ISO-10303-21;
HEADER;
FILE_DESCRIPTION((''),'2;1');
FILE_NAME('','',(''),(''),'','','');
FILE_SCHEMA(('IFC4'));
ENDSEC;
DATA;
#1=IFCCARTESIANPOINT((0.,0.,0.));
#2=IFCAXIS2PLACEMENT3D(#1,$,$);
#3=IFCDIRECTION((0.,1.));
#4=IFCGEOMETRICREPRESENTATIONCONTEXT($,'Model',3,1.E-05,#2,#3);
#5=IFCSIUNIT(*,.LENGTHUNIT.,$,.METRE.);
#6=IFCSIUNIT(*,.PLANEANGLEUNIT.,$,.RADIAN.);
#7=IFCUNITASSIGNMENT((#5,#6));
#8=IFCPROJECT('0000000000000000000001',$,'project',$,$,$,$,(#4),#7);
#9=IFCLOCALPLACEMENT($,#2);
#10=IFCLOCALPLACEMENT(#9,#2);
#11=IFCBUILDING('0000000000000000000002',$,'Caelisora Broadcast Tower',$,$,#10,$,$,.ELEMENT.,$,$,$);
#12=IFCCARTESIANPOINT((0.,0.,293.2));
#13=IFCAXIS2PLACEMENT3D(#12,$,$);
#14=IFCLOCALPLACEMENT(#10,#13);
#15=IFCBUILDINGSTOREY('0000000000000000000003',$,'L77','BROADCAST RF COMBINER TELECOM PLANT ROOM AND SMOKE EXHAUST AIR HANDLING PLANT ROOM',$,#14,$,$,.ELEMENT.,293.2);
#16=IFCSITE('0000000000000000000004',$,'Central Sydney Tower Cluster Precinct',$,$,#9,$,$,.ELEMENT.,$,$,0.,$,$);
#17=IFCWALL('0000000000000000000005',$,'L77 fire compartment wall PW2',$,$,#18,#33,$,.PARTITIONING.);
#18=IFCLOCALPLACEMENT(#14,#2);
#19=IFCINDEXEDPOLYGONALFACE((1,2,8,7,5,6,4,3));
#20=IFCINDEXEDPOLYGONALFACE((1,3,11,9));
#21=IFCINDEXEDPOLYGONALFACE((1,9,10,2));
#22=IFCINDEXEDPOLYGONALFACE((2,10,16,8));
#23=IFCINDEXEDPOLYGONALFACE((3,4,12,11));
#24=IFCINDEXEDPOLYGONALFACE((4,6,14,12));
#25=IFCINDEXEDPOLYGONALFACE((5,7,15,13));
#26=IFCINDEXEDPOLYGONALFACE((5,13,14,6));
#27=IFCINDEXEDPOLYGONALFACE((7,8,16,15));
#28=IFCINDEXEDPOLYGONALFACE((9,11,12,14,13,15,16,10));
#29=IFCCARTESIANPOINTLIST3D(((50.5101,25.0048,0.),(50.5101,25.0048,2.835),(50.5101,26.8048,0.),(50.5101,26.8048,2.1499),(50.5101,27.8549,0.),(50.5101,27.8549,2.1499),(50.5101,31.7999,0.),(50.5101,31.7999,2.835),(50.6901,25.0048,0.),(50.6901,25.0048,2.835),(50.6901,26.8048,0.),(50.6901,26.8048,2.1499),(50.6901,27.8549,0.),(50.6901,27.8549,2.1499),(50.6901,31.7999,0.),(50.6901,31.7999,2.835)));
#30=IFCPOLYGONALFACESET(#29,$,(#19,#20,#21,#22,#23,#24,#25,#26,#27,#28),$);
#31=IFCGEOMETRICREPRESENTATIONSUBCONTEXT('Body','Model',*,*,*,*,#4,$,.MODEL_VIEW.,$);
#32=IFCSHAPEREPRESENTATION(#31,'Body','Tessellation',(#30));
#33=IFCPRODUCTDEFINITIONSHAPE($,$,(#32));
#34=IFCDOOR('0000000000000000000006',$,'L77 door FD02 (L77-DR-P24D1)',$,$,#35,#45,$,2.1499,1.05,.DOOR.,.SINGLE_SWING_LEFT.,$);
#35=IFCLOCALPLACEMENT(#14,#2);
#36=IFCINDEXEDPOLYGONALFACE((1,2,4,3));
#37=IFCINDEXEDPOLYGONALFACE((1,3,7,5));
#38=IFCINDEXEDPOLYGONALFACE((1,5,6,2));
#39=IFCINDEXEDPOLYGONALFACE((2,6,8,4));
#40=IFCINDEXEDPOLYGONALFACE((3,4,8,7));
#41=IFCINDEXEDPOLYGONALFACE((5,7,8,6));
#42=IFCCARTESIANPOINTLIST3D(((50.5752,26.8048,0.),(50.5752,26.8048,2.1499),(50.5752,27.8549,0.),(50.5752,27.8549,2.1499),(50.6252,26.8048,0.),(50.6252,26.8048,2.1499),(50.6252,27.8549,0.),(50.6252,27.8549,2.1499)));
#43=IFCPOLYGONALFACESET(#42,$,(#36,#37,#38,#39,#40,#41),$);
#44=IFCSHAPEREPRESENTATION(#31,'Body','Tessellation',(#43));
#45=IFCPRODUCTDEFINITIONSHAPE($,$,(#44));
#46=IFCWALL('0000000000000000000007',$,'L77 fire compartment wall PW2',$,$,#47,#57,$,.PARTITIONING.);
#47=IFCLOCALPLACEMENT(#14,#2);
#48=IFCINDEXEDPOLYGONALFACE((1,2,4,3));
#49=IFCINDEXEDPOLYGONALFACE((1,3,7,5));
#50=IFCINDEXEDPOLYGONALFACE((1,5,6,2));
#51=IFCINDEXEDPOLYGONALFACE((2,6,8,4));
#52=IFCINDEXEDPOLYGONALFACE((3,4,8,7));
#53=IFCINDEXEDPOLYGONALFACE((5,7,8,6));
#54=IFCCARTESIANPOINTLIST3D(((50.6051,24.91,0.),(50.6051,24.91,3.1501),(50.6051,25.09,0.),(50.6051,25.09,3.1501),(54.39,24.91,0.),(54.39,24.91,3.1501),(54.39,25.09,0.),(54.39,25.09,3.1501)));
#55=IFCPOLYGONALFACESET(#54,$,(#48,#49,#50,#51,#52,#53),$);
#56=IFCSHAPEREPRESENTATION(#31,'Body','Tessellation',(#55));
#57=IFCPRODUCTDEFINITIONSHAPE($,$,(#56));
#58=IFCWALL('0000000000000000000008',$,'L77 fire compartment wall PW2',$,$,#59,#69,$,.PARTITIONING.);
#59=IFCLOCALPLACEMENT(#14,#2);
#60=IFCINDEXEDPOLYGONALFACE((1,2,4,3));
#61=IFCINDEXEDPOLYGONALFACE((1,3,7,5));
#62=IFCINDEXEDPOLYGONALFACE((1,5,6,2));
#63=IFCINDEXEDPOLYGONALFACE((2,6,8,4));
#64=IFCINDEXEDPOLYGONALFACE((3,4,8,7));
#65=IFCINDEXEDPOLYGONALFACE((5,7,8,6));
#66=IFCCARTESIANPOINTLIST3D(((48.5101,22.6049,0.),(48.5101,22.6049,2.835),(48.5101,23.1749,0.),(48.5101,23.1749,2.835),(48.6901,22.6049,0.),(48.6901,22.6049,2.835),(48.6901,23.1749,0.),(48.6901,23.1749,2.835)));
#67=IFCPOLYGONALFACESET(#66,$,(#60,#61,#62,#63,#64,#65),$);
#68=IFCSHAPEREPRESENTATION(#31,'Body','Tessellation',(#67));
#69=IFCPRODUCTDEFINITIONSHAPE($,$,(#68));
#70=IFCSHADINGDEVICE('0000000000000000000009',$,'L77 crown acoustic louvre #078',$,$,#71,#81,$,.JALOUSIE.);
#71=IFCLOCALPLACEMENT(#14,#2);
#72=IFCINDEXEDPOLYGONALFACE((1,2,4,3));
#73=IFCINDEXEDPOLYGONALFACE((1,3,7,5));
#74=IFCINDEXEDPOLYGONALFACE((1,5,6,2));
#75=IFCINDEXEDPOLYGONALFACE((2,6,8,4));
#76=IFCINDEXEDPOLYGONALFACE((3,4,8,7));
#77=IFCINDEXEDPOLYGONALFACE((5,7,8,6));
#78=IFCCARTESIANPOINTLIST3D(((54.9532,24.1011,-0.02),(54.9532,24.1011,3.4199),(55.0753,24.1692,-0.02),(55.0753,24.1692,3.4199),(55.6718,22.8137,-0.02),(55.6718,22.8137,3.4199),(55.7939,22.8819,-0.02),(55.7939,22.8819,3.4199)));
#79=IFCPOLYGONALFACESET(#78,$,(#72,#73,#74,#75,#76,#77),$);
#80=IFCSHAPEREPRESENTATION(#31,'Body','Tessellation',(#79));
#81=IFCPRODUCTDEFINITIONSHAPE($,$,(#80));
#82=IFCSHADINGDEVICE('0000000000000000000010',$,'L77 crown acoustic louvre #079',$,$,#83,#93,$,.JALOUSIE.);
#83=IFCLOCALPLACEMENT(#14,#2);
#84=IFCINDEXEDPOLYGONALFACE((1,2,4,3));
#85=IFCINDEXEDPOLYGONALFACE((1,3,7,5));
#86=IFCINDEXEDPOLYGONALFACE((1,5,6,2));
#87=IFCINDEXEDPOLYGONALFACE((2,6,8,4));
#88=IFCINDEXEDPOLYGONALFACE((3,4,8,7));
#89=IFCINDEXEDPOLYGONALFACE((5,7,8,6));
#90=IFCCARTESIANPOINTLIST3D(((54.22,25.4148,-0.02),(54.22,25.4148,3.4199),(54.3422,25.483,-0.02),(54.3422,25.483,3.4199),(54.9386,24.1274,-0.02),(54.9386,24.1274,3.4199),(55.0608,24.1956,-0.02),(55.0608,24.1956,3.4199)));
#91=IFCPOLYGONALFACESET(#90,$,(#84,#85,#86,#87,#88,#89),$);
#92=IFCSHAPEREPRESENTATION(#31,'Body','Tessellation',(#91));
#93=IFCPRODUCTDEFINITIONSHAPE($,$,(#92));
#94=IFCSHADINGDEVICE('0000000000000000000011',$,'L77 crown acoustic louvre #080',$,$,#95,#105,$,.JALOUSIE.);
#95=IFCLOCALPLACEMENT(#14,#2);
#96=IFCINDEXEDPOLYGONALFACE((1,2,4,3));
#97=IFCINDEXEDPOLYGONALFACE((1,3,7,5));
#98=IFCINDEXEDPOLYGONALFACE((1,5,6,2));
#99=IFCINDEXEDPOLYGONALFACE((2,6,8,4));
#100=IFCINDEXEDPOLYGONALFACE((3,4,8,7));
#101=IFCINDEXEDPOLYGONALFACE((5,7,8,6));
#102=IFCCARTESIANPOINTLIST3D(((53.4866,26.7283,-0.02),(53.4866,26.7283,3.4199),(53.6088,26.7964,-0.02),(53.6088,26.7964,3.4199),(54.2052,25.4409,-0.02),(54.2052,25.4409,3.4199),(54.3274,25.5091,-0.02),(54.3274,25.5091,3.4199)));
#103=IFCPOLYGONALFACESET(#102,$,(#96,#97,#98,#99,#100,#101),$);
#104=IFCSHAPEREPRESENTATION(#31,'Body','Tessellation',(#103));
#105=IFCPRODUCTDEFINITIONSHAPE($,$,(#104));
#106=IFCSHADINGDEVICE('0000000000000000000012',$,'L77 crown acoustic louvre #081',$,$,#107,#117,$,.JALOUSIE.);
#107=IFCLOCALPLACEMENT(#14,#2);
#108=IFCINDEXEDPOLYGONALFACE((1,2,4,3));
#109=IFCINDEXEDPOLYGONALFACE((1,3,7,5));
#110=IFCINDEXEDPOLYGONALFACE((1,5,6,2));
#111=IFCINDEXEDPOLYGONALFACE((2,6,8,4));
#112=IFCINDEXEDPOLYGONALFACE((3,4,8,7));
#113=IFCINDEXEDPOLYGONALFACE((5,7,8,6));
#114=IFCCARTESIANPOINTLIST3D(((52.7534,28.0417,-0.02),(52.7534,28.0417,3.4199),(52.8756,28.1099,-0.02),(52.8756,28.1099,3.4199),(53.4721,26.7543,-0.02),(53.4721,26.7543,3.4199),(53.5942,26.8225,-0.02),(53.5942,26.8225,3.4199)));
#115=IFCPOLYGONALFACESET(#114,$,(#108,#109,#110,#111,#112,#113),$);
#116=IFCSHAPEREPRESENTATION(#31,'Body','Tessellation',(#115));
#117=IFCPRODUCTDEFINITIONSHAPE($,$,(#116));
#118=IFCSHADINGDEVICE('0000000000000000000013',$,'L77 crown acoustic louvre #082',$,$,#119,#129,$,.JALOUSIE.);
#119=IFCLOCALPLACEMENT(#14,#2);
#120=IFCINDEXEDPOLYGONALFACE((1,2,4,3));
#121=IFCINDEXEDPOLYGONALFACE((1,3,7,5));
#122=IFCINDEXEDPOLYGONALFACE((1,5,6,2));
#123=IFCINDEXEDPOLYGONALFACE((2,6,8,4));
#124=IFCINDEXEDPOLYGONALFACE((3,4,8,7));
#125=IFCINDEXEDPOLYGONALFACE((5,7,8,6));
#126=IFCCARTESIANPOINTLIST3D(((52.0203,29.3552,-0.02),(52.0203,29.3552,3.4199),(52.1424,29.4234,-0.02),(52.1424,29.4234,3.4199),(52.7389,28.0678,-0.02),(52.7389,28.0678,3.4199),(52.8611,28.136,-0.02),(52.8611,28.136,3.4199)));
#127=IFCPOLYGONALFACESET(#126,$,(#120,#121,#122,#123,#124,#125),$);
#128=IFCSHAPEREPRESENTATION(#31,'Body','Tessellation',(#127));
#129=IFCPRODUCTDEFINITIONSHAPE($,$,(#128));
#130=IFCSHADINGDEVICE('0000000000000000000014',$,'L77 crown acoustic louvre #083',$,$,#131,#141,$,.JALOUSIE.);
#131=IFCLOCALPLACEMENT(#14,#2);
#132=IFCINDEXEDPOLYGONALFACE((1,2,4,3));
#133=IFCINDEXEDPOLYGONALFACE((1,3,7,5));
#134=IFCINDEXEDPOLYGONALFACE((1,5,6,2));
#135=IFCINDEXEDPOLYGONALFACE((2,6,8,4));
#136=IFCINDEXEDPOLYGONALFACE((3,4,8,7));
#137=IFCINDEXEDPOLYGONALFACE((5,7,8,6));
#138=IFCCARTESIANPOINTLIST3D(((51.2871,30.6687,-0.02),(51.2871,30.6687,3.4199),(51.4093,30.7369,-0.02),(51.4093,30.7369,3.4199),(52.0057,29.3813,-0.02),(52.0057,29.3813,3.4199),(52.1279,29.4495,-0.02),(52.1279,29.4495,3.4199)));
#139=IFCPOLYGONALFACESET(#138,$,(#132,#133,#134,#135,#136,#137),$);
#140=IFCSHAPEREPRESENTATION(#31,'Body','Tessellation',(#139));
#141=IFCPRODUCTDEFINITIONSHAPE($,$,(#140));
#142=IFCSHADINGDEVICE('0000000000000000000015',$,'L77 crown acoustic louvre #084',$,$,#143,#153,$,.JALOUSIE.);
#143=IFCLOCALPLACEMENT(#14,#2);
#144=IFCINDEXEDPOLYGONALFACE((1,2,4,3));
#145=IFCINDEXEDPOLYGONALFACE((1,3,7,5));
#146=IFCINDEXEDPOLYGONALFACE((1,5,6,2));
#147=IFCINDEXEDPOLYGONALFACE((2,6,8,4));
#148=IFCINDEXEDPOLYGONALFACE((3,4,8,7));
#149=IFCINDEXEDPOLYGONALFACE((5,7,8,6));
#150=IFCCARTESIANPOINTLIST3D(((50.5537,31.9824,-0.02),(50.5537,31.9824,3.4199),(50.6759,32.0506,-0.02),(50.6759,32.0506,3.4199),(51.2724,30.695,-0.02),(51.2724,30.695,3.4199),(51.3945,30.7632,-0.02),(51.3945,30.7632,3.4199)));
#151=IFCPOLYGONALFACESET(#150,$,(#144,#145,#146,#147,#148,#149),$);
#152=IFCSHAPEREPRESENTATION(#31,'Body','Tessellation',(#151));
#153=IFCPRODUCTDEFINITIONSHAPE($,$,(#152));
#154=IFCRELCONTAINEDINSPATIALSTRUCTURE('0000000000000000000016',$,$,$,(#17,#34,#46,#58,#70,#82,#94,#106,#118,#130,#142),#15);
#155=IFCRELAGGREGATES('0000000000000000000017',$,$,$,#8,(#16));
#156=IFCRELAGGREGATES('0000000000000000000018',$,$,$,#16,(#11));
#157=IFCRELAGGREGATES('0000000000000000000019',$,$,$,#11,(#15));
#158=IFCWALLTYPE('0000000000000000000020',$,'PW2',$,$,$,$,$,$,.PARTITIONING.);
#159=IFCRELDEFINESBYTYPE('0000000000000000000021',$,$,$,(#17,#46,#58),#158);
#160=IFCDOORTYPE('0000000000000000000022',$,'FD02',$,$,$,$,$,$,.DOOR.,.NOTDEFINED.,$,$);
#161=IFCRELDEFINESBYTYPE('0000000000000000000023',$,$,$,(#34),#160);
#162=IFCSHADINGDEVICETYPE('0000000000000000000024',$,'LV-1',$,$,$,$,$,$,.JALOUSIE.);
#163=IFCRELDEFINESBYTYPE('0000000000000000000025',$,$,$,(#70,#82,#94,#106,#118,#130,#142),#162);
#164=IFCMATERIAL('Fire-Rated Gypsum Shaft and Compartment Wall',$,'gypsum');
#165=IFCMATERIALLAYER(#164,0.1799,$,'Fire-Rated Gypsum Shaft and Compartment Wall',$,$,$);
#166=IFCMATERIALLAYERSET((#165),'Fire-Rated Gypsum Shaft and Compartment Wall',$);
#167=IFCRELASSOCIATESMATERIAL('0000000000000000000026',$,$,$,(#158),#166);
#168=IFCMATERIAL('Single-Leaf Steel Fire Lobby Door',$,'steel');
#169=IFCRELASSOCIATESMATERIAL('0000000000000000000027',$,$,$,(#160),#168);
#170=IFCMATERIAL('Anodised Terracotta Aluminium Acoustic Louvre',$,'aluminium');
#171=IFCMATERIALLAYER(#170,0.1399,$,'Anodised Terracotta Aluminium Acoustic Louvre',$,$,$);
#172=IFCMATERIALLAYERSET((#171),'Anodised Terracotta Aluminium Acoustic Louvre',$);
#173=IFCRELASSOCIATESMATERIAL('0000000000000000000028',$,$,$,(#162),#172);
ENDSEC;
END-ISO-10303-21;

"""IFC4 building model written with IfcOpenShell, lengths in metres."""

from ifc_helpers import new_model, si_unit, direction, frame, frame_2d, origin, origin_2d, place, context, subcontext, project, spatial, rectangle, extrude, source, transform, mapped, material, layer, layer_set, type_object, type_shapes, element, fill, save


model = new_model("IFC4")

# Units and contexts
model_context = context("Model", 3, precision=1e-05, world=origin(), true_north=direction((0.0, 1.0)))
body_context = subcontext(model_context, "Body", "Model", "MODEL_VIEW")
ifc_project = project(units=[si_unit("LENGTHUNIT", "METRE"), si_unit("PLANEANGLEUNIT", "RADIAN")], contexts=[model_context])

# Site, building, storey
site_placement = place(None, origin())
site = spatial("IfcSite", under=ifc_project, at=site_placement, Name="Central Sydney Tower Cluster Precinct", CompositionType="ELEMENT", RefElevation=0.0)
building_placement = place(site_placement, origin())
building = spatial("IfcBuilding", under=site, at=building_placement, Name="Caelisora Broadcast Tower", CompositionType="ELEMENT")
storey_placement = place(building_placement, frame((0.0, 0.0, 293.2)))
storey = spatial("IfcBuildingStorey", under=building, at=storey_placement, Name="L77", Description="BROADCAST RF COMBINER TELECOM PLANT ROOM AND SMOKE EXHAUST AIR HANDLING PLANT ROOM", CompositionType="ELEMENT", Elevation=293.2)

# Wall, opening, door
ifc_material_1 = material(Name="Fire-Rated Gypsum Shaft and Compartment Wall", Category="gypsum")
ifc_layer_1 = layer(ifc_material_1, 0.1799, Name="Fire-Rated Gypsum Shaft and Compartment Wall")
ifc_layer_set_1 = layer_set([ifc_layer_1], Name="Fire-Rated Gypsum Shaft and Compartment Wall")
wall_type = type_object("IfcWallType", Name="PW2", PredefinedType="PARTITIONING", material=ifc_layer_set_1)
wall_1_placement = place(storey_placement, frame((50.6001, 25.0049, 0.0), z_axis=(0.0, 0.0, 1.0), x_axis=(0.0, 1.0, 0.0)))
wall_1 = element("IfcWall", 1, at=wall_1_placement, inside=storey, type_object=wall_type, Name="L77 fire compartment wall PW2", PredefinedType="PARTITIONING", context=body_context, shape_type="SweptSolid", body=[
    extrude(rectangle(XDim=6.7952, YDim=0.1799, at=frame_2d((3.3975, 0.0))), origin(), (0.0, 0.0, 1.0), 2.835),
])
opening_placement = place(wall_1_placement, frame((1.8, 0.0, 0.0)))
opening = element("IfcOpeningElement", 2, at=opening_placement, cuts=wall_1, PredefinedType="OPENING", context=body_context, shape_type="SweptSolid", body=[
    extrude(rectangle(XDim=1.05, YDim=2.1499, at=frame_2d((0.5249, 1.075))), frame((0.0, 0.1021, 0.0), z_axis=(0.0, -1.0, 0.0), x_axis=(1.0, 0.0, 0.0)), (0.0, 0.0, 1.0), 0.2039),
])
ifc_material_2 = material(Name="Single-Leaf Steel Fire Lobby Door", Category="steel")
door_type = type_object("IfcDoorType", Name="FD02", OperationType="NOTDEFINED", PredefinedType="DOOR", material=ifc_material_2)
door_placement = place(opening_placement, origin())
door = element("IfcDoor", 3, at=door_placement, inside=storey, type_object=door_type, Name="L77 door FD02 (L77-DR-P24D1)", OperationType="SINGLE_SWING_LEFT", OverallHeight=2.1499, OverallWidth=1.05, PredefinedType="DOOR", context=body_context, shape_type="SweptSolid", body=[
    extrude(rectangle(XDim=1.05, YDim=2.1499, at=frame_2d((0.5249, 1.075))), frame((0.0, 0.0249, 0.0), z_axis=(0.0, -1.0, 0.0), x_axis=(1.0, 0.0, 0.0)), (0.0, 0.0, 1.0), 0.05),
])
fill(opening, door)

# Walls
wall_2_placement = place(storey_placement, frame((50.605, 25.0, 0.0), z_axis=(0.0, 0.0, 1.0), x_axis=(1.0, 0.0, 0.0)))
element("IfcWall", 4, at=wall_2_placement, inside=storey, type_object=wall_type, Name="L77 fire compartment wall PW2", PredefinedType="PARTITIONING", context=body_context, shape_type="SweptSolid", body=[
    extrude(rectangle(XDim=3.7849, YDim=0.1799, at=frame_2d((1.8926, 0.0))), origin(), (0.0, 0.0, 1.0), 3.1501),
])
wall_3_placement = place(storey_placement, frame((48.6001, 23.175, 0.0), z_axis=(0.0, 0.0, 1.0), x_axis=(0.0, -1.0, 0.0)))
element("IfcWall", 5, at=wall_3_placement, inside=storey, type_object=wall_type, Name="L77 fire compartment wall PW2", PredefinedType="PARTITIONING", context=body_context, shape_type="SweptSolid", body=[
    extrude(rectangle(XDim=0.5701, YDim=0.1799, at=frame_2d((0.2852, 0.0))), origin(), (0.0, 0.0, 1.0), 2.835),
])

# Shading devices
ifc_material_3 = material(Name="Anodised Terracotta Aluminium Acoustic Louvre", Category="aluminium")
ifc_layer_2 = layer(ifc_material_3, 0.1399, Name="Anodised Terracotta Aluminium Acoustic Louvre")
ifc_layer_set_2 = layer_set([ifc_layer_2], Name="Anodised Terracotta Aluminium Acoustic Louvre")
shading_device_type = type_object("IfcShadingDeviceType", Name="LV-1", PredefinedType="JALOUSIE", material=ifc_layer_set_2)
shared_shape_1 = source(origin(), body_context, "Body", "SweptSolid", [
    extrude(rectangle(XDim=1.4744, YDim=0.1399, at=origin_2d()), origin(), (0.0, 0.0, 1.0), 3.4399),
])
type_shapes(shading_device_type, [shared_shape_1])
for number, where, z_axis, x_axis, name in (
    (6, (55.3735, 23.4915, -0.02), (0.0, 0.0, 1.0), (-0.487403, 0.873177, 0.0), "L77 crown acoustic louvre #078"),
    (7, (54.6404, 24.8052, -0.02), (0.0, 0.0, 1.0), (-0.487403, 0.873177, 0.0), "L77 crown acoustic louvre #079"),
    (8, (53.907, 26.1187, -0.02), (0.0, 0.0, 1.0), (-0.487403, 0.873177, 0.0), "L77 crown acoustic louvre #080"),
    (9, (53.1738, 27.4321, -0.02), (0.0, 0.0, 1.0), (-0.487403, 0.873177, 0.0), "L77 crown acoustic louvre #081"),
    (10, (52.4407, 28.7456, -0.02), (0.0, 0.0, 1.0), (-0.487403, 0.873177, 0.0), "L77 crown acoustic louvre #082"),
    (11, (51.7075, 30.0591, -0.02), (0.0, 0.0, 1.0), (-0.487403, 0.873177, 0.0), "L77 crown acoustic louvre #083"),
    (12, (50.9741, 31.3728, -0.02), (0.0, 0.0, 1.0), (-0.487403, 0.873177, 0.0), "L77 crown acoustic louvre #084"),
):
    element("IfcShadingDevice", number, at=place(storey_placement, frame(where, z_axis=z_axis, x_axis=x_axis)), inside=storey, type_object=shading_device_type, Name=name, PredefinedType="JALOUSIE", context=body_context, shape_type="MappedRepresentation", body=[
        mapped(shared_shape_1, transform((0.0, 0.0, 0.0), scale=1.0)),
    ])

save(model, "model.ifc")
